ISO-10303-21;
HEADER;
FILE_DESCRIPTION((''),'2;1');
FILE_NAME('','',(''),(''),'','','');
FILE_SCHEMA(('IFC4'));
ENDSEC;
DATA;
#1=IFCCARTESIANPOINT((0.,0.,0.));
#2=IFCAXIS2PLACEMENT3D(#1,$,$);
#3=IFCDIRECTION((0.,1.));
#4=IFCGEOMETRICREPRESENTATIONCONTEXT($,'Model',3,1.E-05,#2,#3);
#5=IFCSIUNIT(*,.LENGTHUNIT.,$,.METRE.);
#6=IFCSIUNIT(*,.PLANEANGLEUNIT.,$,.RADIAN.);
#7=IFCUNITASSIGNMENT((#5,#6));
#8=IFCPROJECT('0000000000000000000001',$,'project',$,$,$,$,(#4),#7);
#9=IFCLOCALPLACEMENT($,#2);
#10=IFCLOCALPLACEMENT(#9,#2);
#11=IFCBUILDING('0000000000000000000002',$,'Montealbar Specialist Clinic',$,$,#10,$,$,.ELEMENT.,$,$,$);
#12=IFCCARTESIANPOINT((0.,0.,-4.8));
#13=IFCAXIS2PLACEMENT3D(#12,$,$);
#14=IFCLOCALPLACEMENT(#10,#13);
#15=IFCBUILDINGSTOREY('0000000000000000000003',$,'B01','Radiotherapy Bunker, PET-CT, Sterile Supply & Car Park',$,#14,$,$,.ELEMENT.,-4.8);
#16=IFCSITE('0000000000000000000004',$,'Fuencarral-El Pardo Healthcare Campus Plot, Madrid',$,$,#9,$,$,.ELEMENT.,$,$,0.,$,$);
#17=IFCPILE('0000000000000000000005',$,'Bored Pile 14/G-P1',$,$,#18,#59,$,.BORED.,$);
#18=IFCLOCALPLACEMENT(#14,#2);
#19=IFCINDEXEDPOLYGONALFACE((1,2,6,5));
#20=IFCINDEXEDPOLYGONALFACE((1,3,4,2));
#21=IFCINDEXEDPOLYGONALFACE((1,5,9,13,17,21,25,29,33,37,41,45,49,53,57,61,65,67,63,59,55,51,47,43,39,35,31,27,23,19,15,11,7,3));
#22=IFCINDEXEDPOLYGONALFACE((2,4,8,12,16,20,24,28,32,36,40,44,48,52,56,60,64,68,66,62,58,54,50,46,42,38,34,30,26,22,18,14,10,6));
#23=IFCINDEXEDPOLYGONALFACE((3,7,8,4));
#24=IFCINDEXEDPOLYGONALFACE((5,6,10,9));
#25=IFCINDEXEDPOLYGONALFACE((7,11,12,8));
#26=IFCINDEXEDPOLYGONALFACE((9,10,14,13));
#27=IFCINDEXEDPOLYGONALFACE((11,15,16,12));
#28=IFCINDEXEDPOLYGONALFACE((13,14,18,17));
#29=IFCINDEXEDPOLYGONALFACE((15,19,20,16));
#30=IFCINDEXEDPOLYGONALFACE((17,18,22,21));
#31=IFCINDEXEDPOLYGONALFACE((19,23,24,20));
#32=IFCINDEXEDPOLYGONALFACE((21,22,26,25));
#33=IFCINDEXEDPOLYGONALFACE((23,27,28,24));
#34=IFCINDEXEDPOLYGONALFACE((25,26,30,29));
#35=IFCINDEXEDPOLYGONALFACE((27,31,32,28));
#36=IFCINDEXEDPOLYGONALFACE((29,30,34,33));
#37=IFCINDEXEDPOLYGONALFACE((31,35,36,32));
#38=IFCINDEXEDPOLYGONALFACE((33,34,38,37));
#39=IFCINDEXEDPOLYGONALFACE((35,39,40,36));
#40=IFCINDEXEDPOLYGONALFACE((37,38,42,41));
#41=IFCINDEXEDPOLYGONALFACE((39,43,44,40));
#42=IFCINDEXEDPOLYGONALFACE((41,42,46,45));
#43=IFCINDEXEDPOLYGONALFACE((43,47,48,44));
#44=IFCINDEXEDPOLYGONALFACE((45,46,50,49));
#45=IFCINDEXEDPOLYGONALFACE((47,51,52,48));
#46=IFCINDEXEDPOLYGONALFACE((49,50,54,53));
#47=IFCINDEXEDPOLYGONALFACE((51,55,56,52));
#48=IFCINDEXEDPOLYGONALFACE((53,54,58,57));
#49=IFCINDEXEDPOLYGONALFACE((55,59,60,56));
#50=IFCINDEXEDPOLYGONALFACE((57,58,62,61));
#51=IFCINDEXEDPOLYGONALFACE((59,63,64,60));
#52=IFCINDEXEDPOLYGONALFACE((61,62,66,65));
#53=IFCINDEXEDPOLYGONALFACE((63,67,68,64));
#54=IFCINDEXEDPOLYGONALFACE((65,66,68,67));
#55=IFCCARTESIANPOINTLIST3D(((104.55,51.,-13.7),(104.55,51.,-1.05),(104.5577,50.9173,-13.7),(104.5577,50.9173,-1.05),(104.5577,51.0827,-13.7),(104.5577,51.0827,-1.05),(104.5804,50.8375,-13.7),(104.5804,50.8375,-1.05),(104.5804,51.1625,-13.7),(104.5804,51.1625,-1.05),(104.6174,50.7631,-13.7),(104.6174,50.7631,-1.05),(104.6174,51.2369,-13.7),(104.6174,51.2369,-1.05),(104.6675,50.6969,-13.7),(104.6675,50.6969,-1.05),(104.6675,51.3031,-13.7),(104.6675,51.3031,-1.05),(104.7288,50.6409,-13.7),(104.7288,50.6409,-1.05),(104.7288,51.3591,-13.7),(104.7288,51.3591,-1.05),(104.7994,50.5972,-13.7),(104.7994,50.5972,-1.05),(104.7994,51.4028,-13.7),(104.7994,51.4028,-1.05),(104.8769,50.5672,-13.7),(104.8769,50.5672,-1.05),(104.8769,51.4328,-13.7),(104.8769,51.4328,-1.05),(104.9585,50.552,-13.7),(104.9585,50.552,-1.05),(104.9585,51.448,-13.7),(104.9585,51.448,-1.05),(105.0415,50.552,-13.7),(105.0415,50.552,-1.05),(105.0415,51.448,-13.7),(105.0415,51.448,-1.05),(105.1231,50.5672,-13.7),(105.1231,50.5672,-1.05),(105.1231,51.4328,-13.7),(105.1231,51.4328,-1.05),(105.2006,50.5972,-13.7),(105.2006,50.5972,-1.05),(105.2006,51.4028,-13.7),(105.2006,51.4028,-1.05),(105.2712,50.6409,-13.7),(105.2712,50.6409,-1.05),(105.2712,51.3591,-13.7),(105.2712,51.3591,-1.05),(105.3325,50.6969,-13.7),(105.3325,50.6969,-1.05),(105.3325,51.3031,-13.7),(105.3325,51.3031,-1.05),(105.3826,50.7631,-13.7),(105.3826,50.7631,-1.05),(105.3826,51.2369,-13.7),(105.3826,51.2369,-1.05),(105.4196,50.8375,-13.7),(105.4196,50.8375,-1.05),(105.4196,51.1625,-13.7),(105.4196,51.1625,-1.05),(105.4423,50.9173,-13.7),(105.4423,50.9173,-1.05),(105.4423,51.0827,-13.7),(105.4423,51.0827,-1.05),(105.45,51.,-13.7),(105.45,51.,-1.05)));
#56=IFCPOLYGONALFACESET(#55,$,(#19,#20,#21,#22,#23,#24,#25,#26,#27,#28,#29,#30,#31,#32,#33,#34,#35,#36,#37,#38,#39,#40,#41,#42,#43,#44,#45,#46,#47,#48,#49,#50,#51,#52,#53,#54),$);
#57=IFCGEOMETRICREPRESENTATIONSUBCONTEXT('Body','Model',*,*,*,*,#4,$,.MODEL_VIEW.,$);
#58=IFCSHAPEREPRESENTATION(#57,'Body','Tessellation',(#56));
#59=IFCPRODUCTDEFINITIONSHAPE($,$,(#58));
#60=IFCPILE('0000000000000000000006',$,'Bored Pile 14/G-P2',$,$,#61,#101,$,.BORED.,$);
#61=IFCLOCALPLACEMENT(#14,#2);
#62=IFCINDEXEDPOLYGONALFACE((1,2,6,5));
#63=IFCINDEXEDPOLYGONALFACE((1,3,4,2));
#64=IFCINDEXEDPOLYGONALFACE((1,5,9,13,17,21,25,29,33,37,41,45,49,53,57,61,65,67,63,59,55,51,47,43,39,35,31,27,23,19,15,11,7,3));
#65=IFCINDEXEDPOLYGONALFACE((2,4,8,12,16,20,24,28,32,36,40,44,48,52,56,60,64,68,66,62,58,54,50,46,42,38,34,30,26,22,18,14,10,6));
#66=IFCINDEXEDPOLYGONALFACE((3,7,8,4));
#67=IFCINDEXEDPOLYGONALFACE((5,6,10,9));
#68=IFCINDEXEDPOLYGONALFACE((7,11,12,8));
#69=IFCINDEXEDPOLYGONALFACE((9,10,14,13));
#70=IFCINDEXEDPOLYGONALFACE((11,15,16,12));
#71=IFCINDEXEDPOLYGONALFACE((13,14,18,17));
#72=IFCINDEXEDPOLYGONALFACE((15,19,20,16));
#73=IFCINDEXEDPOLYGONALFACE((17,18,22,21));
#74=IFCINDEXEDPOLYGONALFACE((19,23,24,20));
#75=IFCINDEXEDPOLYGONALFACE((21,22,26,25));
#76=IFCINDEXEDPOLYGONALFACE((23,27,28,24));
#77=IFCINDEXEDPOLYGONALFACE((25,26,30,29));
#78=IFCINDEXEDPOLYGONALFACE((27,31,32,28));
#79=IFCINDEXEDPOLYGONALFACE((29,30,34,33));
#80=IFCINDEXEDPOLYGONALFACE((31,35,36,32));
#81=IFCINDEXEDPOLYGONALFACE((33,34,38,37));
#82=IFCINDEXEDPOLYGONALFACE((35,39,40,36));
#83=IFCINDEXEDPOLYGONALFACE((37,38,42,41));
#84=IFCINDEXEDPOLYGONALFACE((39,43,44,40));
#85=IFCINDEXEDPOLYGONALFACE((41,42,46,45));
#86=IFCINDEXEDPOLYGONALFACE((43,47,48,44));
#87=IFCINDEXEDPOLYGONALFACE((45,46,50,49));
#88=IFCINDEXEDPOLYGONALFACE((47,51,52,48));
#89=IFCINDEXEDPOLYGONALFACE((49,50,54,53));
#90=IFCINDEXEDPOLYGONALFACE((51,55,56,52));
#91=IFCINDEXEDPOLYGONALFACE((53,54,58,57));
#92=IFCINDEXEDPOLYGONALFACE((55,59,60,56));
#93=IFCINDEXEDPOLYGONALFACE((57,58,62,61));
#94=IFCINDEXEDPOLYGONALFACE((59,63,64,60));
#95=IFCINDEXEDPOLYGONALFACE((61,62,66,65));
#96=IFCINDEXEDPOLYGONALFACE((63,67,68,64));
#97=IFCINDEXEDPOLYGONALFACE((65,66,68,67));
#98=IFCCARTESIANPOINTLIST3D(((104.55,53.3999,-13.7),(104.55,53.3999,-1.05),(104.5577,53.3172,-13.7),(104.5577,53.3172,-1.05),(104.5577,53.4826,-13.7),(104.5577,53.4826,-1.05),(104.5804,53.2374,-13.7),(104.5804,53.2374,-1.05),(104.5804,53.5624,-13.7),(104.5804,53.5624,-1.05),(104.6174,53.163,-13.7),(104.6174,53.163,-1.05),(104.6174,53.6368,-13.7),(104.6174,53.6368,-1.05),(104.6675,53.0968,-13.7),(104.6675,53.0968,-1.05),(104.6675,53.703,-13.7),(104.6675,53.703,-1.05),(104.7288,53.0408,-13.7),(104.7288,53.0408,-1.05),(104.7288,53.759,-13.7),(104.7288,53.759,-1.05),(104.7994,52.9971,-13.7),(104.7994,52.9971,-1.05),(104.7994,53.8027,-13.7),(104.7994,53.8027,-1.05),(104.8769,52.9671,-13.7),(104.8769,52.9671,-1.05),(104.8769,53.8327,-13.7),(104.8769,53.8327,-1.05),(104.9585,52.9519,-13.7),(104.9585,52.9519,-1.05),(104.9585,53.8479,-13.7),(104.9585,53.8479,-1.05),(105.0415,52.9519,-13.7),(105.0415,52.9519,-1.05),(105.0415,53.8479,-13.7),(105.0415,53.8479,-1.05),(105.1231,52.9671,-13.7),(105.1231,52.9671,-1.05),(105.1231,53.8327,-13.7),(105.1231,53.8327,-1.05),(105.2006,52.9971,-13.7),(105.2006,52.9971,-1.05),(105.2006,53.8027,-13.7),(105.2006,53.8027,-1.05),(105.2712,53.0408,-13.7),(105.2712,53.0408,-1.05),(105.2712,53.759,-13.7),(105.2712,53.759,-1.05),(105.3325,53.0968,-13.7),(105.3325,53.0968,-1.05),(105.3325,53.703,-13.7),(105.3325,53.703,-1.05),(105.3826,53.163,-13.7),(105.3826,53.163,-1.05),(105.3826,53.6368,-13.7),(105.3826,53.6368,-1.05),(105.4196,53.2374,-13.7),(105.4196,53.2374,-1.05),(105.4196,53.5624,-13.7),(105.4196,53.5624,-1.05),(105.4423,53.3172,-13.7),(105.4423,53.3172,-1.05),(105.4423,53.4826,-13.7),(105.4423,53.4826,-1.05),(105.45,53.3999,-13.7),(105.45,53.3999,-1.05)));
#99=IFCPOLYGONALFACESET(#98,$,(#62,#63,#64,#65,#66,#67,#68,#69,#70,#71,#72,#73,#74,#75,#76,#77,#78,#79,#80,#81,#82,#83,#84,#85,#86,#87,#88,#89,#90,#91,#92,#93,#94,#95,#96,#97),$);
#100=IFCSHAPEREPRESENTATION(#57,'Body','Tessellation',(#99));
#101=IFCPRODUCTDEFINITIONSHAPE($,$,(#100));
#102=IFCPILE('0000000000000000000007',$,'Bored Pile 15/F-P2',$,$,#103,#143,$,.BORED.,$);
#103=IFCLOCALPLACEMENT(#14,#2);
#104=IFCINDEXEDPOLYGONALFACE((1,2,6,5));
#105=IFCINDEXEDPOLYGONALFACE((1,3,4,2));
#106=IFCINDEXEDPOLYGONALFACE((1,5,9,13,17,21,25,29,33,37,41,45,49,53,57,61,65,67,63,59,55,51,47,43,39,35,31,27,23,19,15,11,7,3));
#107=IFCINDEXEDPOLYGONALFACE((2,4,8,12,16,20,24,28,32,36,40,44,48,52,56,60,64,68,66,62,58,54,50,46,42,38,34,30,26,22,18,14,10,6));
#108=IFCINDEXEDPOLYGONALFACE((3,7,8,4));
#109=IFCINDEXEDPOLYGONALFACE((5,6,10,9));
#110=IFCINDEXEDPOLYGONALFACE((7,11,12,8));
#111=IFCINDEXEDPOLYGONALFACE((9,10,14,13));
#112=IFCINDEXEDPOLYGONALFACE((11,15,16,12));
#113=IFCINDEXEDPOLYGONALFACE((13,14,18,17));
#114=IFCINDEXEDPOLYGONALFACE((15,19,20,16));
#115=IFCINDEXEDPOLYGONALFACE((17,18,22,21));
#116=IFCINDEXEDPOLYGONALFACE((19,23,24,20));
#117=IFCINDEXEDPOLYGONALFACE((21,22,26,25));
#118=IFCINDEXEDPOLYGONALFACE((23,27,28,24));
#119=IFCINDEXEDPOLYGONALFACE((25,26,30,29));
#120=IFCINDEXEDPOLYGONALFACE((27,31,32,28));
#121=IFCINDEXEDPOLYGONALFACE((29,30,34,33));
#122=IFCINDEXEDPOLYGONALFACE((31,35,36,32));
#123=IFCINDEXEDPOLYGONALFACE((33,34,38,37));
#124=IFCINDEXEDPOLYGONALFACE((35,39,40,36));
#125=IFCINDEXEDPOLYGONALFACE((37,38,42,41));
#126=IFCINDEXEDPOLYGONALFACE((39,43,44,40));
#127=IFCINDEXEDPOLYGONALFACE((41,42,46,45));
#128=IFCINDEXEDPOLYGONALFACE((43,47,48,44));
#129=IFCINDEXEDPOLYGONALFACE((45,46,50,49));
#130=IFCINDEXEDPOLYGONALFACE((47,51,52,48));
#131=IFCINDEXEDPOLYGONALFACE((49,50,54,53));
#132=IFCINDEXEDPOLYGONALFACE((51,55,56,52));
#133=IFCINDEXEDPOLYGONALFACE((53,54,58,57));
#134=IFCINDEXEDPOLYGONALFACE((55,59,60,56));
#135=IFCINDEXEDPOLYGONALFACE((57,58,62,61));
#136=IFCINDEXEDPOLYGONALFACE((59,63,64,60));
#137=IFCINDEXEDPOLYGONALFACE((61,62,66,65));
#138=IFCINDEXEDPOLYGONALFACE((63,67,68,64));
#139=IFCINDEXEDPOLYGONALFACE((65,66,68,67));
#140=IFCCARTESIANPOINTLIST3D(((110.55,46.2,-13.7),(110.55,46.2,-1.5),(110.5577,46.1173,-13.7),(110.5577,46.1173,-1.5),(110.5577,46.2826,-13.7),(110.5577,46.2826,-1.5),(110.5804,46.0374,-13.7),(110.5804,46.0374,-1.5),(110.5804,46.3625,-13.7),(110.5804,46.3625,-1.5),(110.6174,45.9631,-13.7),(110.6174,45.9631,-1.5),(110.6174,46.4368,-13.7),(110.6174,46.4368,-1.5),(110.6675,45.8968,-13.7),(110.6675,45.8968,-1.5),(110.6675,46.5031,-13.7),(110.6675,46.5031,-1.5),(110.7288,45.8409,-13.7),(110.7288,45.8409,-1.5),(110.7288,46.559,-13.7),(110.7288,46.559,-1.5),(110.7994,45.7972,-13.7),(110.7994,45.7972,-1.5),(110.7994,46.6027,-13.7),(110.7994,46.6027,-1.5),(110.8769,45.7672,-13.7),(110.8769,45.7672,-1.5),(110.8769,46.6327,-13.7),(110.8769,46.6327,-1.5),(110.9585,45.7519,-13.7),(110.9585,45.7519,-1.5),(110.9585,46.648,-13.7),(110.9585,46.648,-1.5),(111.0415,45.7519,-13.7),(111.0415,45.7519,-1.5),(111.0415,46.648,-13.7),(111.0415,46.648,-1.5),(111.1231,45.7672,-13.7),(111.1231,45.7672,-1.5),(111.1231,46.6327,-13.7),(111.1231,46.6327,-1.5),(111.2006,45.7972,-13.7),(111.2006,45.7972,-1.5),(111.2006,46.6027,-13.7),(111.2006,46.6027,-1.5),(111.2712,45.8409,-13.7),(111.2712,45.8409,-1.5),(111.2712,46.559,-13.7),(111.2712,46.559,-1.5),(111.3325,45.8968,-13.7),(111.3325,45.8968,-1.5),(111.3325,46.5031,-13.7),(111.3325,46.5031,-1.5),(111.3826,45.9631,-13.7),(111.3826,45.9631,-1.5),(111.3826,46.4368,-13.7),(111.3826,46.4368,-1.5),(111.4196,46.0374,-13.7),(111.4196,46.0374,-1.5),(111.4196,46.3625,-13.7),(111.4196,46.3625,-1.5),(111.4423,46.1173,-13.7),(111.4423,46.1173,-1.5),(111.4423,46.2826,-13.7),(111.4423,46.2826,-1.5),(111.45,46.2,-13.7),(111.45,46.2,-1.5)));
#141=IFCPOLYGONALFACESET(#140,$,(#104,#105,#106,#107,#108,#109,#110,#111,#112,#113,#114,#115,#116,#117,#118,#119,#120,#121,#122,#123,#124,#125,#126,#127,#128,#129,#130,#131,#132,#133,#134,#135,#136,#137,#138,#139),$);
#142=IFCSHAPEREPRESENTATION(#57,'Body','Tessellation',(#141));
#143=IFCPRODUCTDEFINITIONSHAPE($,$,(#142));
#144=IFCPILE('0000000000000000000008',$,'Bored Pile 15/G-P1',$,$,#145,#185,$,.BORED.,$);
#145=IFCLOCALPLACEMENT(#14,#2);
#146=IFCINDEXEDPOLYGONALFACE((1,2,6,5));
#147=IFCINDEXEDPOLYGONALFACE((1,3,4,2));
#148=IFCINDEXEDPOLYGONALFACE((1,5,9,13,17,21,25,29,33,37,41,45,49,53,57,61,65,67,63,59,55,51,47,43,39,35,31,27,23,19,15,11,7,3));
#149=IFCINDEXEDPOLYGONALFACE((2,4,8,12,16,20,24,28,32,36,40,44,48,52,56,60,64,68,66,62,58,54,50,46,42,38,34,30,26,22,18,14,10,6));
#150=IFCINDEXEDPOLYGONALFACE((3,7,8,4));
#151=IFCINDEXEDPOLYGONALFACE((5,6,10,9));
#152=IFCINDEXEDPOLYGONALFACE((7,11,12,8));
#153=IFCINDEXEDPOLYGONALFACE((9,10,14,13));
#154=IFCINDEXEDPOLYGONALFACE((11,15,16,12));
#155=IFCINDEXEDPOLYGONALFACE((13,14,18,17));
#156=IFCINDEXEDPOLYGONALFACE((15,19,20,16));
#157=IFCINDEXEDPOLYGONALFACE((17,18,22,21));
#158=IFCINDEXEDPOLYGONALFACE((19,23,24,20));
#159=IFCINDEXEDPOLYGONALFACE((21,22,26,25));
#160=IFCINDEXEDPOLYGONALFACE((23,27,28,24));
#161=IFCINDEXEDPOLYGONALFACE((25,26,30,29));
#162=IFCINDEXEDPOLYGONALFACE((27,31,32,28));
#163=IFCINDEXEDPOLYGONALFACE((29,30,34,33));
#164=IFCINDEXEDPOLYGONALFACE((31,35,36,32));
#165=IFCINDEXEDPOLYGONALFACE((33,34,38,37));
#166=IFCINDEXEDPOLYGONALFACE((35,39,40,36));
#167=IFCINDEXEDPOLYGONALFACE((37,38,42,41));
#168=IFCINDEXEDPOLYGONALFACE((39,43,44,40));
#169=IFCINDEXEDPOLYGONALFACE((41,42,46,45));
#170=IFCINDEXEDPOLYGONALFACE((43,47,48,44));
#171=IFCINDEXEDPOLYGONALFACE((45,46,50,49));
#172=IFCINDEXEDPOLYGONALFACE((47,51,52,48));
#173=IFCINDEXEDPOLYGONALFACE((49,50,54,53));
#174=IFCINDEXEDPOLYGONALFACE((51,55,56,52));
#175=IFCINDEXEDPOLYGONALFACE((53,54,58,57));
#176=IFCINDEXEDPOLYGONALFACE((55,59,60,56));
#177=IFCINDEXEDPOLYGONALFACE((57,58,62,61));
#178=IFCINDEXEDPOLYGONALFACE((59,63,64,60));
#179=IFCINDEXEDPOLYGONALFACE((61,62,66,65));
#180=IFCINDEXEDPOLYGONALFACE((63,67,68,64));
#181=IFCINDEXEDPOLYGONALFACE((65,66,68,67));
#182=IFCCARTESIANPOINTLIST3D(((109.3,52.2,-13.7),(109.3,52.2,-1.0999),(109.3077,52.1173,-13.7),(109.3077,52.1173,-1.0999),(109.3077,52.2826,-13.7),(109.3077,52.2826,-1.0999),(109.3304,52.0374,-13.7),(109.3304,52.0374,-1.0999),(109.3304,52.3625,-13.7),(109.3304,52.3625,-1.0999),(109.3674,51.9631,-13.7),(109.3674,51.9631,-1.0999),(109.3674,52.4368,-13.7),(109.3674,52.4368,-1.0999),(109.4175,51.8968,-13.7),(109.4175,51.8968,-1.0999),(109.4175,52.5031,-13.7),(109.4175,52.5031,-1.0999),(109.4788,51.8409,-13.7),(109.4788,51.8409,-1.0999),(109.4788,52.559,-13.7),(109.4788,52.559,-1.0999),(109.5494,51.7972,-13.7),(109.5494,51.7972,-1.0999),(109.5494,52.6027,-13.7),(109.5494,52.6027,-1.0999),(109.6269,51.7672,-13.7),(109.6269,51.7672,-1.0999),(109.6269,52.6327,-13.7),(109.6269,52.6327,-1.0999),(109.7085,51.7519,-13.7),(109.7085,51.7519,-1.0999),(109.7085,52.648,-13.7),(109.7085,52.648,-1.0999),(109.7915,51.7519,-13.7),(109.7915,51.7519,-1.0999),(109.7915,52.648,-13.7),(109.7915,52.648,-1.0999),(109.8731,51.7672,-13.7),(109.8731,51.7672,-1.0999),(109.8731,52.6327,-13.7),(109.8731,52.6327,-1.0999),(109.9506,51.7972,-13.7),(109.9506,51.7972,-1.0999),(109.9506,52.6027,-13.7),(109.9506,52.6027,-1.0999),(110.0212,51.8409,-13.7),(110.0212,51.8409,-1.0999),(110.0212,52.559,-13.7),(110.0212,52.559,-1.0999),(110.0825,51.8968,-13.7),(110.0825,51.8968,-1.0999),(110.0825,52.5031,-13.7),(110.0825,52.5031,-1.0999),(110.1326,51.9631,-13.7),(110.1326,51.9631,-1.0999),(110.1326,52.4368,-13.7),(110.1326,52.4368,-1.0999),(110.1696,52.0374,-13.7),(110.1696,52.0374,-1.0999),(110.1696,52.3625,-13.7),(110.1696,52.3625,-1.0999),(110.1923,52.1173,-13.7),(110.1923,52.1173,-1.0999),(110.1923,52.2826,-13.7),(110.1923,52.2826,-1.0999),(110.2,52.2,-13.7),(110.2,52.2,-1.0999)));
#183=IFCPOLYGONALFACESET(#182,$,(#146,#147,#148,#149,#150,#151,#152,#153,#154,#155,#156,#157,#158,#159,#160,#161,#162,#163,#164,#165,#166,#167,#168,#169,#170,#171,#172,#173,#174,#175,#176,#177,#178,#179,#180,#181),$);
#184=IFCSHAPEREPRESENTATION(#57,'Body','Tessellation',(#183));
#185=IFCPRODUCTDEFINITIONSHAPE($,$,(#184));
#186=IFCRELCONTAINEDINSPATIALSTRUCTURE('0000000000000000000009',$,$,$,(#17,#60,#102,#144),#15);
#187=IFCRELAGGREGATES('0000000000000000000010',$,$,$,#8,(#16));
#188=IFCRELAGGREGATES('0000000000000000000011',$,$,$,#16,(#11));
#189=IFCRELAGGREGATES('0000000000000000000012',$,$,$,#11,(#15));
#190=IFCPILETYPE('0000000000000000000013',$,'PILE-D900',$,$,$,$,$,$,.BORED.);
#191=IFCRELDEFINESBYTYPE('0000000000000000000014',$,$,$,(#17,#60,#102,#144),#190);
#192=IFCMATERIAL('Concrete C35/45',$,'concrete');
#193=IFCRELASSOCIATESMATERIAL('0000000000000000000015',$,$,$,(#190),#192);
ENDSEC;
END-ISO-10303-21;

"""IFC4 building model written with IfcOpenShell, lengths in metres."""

from ifc_helpers import new_model, si_unit, direction, frame, origin, origin_2d, place, context, subcontext, project, spatial, circle, extrude, material, material_profile, profile_set, type_object, element, save


model = new_model("IFC4")

# Units and contexts
model_context = context("Model", 3, precision=1e-05, world=origin(), true_north=direction((0.0, 1.0)))
body_context = subcontext(model_context, "Body", "Model", "MODEL_VIEW")
ifc_project = project(units=[si_unit("LENGTHUNIT", "METRE"), si_unit("PLANEANGLEUNIT", "RADIAN")], contexts=[model_context])

# Site, building, storey
site_placement = place(None, origin())
site = spatial("IfcSite", under=ifc_project, at=site_placement, Name="Fuencarral-El Pardo Healthcare Campus Plot, Madrid", CompositionType="ELEMENT", RefElevation=0.0)
building_placement = place(site_placement, origin())
building = spatial("IfcBuilding", under=site, at=building_placement, Name="Montealbar Specialist Clinic", CompositionType="ELEMENT")
storey_placement = place(building_placement, frame((0.0, 0.0, -4.8)))
storey = spatial("IfcBuildingStorey", under=building, at=storey_placement, Name="B01", Description="Radiotherapy Bunker, PET-CT, Sterile Supply & Car Park", CompositionType="ELEMENT", Elevation=-4.8)

# Shared definitions
ifc_material_1 = material(Name="Concrete C35/45", Category="concrete")

# Piles
ifc_material_profile_1 = material_profile(ifc_material_1, circle(Radius=0.45, at=origin_2d()), Name="PILE D900", Category="concrete")
ifc_profile_set_1 = profile_set([ifc_material_profile_1], Name="Concrete C35/45")
pile_type_1 = type_object("IfcPileType", Name="PILE-D900", PredefinedType="BORED", material=ifc_profile_set_1)
for number, where, z_axis, x_axis, name in (
    (1, (105.0, 51.0, -1.05), (0.0, 0.0, -1.0), (1.0, 0.0, 0.0), "Bored Pile 14/G-P1"),
    (2, (105.0, 53.3999, -1.05), (0.0, 0.0, -1.0), (1.0, 0.0, 0.0), "Bored Pile 14/G-P2"),
):
    element("IfcPile", number, at=place(storey_placement, frame(where, z_axis=z_axis, x_axis=x_axis)), inside=storey, type_object=pile_type_1, Name=name, PredefinedType="BORED", context=body_context, shape_type="SweptSolid", body=[
        extrude(circle(Radius=0.45, at=origin_2d()), origin(), (0.0, 0.0, 1.0), 12.6499),
    ])
pile_1_placement = place(storey_placement, frame((111.0, 46.2, -1.5), z_axis=(0.0, 0.0, -1.0), x_axis=(1.0, 0.0, 0.0)))
element("IfcPile", 3, at=pile_1_placement, inside=storey, type_object=pile_type_1, Name="Bored Pile 15/F-P2", PredefinedType="BORED", context=body_context, shape_type="SweptSolid", body=[
    extrude(circle(Radius=0.45, at=origin_2d()), origin(), (0.0, 0.0, 1.0), 12.2),
])
for number, where, z_axis, x_axis, name in (
    (4, (109.75, 52.2, -1.0999), (0.0, 0.0, -1.0), (1.0, 0.0, 0.0), "Bored Pile 15/G-P1"),
):
    element("IfcPile", number, at=place(storey_placement, frame(where, z_axis=z_axis, x_axis=x_axis)), inside=storey, type_object=pile_type_1, Name=name, PredefinedType="BORED", context=body_context, shape_type="SweptSolid", body=[
        extrude(circle(Radius=0.45, at=origin_2d()), origin(), (0.0, 0.0, 1.0), 12.6001),
    ])

save(model, "model.ifc")
